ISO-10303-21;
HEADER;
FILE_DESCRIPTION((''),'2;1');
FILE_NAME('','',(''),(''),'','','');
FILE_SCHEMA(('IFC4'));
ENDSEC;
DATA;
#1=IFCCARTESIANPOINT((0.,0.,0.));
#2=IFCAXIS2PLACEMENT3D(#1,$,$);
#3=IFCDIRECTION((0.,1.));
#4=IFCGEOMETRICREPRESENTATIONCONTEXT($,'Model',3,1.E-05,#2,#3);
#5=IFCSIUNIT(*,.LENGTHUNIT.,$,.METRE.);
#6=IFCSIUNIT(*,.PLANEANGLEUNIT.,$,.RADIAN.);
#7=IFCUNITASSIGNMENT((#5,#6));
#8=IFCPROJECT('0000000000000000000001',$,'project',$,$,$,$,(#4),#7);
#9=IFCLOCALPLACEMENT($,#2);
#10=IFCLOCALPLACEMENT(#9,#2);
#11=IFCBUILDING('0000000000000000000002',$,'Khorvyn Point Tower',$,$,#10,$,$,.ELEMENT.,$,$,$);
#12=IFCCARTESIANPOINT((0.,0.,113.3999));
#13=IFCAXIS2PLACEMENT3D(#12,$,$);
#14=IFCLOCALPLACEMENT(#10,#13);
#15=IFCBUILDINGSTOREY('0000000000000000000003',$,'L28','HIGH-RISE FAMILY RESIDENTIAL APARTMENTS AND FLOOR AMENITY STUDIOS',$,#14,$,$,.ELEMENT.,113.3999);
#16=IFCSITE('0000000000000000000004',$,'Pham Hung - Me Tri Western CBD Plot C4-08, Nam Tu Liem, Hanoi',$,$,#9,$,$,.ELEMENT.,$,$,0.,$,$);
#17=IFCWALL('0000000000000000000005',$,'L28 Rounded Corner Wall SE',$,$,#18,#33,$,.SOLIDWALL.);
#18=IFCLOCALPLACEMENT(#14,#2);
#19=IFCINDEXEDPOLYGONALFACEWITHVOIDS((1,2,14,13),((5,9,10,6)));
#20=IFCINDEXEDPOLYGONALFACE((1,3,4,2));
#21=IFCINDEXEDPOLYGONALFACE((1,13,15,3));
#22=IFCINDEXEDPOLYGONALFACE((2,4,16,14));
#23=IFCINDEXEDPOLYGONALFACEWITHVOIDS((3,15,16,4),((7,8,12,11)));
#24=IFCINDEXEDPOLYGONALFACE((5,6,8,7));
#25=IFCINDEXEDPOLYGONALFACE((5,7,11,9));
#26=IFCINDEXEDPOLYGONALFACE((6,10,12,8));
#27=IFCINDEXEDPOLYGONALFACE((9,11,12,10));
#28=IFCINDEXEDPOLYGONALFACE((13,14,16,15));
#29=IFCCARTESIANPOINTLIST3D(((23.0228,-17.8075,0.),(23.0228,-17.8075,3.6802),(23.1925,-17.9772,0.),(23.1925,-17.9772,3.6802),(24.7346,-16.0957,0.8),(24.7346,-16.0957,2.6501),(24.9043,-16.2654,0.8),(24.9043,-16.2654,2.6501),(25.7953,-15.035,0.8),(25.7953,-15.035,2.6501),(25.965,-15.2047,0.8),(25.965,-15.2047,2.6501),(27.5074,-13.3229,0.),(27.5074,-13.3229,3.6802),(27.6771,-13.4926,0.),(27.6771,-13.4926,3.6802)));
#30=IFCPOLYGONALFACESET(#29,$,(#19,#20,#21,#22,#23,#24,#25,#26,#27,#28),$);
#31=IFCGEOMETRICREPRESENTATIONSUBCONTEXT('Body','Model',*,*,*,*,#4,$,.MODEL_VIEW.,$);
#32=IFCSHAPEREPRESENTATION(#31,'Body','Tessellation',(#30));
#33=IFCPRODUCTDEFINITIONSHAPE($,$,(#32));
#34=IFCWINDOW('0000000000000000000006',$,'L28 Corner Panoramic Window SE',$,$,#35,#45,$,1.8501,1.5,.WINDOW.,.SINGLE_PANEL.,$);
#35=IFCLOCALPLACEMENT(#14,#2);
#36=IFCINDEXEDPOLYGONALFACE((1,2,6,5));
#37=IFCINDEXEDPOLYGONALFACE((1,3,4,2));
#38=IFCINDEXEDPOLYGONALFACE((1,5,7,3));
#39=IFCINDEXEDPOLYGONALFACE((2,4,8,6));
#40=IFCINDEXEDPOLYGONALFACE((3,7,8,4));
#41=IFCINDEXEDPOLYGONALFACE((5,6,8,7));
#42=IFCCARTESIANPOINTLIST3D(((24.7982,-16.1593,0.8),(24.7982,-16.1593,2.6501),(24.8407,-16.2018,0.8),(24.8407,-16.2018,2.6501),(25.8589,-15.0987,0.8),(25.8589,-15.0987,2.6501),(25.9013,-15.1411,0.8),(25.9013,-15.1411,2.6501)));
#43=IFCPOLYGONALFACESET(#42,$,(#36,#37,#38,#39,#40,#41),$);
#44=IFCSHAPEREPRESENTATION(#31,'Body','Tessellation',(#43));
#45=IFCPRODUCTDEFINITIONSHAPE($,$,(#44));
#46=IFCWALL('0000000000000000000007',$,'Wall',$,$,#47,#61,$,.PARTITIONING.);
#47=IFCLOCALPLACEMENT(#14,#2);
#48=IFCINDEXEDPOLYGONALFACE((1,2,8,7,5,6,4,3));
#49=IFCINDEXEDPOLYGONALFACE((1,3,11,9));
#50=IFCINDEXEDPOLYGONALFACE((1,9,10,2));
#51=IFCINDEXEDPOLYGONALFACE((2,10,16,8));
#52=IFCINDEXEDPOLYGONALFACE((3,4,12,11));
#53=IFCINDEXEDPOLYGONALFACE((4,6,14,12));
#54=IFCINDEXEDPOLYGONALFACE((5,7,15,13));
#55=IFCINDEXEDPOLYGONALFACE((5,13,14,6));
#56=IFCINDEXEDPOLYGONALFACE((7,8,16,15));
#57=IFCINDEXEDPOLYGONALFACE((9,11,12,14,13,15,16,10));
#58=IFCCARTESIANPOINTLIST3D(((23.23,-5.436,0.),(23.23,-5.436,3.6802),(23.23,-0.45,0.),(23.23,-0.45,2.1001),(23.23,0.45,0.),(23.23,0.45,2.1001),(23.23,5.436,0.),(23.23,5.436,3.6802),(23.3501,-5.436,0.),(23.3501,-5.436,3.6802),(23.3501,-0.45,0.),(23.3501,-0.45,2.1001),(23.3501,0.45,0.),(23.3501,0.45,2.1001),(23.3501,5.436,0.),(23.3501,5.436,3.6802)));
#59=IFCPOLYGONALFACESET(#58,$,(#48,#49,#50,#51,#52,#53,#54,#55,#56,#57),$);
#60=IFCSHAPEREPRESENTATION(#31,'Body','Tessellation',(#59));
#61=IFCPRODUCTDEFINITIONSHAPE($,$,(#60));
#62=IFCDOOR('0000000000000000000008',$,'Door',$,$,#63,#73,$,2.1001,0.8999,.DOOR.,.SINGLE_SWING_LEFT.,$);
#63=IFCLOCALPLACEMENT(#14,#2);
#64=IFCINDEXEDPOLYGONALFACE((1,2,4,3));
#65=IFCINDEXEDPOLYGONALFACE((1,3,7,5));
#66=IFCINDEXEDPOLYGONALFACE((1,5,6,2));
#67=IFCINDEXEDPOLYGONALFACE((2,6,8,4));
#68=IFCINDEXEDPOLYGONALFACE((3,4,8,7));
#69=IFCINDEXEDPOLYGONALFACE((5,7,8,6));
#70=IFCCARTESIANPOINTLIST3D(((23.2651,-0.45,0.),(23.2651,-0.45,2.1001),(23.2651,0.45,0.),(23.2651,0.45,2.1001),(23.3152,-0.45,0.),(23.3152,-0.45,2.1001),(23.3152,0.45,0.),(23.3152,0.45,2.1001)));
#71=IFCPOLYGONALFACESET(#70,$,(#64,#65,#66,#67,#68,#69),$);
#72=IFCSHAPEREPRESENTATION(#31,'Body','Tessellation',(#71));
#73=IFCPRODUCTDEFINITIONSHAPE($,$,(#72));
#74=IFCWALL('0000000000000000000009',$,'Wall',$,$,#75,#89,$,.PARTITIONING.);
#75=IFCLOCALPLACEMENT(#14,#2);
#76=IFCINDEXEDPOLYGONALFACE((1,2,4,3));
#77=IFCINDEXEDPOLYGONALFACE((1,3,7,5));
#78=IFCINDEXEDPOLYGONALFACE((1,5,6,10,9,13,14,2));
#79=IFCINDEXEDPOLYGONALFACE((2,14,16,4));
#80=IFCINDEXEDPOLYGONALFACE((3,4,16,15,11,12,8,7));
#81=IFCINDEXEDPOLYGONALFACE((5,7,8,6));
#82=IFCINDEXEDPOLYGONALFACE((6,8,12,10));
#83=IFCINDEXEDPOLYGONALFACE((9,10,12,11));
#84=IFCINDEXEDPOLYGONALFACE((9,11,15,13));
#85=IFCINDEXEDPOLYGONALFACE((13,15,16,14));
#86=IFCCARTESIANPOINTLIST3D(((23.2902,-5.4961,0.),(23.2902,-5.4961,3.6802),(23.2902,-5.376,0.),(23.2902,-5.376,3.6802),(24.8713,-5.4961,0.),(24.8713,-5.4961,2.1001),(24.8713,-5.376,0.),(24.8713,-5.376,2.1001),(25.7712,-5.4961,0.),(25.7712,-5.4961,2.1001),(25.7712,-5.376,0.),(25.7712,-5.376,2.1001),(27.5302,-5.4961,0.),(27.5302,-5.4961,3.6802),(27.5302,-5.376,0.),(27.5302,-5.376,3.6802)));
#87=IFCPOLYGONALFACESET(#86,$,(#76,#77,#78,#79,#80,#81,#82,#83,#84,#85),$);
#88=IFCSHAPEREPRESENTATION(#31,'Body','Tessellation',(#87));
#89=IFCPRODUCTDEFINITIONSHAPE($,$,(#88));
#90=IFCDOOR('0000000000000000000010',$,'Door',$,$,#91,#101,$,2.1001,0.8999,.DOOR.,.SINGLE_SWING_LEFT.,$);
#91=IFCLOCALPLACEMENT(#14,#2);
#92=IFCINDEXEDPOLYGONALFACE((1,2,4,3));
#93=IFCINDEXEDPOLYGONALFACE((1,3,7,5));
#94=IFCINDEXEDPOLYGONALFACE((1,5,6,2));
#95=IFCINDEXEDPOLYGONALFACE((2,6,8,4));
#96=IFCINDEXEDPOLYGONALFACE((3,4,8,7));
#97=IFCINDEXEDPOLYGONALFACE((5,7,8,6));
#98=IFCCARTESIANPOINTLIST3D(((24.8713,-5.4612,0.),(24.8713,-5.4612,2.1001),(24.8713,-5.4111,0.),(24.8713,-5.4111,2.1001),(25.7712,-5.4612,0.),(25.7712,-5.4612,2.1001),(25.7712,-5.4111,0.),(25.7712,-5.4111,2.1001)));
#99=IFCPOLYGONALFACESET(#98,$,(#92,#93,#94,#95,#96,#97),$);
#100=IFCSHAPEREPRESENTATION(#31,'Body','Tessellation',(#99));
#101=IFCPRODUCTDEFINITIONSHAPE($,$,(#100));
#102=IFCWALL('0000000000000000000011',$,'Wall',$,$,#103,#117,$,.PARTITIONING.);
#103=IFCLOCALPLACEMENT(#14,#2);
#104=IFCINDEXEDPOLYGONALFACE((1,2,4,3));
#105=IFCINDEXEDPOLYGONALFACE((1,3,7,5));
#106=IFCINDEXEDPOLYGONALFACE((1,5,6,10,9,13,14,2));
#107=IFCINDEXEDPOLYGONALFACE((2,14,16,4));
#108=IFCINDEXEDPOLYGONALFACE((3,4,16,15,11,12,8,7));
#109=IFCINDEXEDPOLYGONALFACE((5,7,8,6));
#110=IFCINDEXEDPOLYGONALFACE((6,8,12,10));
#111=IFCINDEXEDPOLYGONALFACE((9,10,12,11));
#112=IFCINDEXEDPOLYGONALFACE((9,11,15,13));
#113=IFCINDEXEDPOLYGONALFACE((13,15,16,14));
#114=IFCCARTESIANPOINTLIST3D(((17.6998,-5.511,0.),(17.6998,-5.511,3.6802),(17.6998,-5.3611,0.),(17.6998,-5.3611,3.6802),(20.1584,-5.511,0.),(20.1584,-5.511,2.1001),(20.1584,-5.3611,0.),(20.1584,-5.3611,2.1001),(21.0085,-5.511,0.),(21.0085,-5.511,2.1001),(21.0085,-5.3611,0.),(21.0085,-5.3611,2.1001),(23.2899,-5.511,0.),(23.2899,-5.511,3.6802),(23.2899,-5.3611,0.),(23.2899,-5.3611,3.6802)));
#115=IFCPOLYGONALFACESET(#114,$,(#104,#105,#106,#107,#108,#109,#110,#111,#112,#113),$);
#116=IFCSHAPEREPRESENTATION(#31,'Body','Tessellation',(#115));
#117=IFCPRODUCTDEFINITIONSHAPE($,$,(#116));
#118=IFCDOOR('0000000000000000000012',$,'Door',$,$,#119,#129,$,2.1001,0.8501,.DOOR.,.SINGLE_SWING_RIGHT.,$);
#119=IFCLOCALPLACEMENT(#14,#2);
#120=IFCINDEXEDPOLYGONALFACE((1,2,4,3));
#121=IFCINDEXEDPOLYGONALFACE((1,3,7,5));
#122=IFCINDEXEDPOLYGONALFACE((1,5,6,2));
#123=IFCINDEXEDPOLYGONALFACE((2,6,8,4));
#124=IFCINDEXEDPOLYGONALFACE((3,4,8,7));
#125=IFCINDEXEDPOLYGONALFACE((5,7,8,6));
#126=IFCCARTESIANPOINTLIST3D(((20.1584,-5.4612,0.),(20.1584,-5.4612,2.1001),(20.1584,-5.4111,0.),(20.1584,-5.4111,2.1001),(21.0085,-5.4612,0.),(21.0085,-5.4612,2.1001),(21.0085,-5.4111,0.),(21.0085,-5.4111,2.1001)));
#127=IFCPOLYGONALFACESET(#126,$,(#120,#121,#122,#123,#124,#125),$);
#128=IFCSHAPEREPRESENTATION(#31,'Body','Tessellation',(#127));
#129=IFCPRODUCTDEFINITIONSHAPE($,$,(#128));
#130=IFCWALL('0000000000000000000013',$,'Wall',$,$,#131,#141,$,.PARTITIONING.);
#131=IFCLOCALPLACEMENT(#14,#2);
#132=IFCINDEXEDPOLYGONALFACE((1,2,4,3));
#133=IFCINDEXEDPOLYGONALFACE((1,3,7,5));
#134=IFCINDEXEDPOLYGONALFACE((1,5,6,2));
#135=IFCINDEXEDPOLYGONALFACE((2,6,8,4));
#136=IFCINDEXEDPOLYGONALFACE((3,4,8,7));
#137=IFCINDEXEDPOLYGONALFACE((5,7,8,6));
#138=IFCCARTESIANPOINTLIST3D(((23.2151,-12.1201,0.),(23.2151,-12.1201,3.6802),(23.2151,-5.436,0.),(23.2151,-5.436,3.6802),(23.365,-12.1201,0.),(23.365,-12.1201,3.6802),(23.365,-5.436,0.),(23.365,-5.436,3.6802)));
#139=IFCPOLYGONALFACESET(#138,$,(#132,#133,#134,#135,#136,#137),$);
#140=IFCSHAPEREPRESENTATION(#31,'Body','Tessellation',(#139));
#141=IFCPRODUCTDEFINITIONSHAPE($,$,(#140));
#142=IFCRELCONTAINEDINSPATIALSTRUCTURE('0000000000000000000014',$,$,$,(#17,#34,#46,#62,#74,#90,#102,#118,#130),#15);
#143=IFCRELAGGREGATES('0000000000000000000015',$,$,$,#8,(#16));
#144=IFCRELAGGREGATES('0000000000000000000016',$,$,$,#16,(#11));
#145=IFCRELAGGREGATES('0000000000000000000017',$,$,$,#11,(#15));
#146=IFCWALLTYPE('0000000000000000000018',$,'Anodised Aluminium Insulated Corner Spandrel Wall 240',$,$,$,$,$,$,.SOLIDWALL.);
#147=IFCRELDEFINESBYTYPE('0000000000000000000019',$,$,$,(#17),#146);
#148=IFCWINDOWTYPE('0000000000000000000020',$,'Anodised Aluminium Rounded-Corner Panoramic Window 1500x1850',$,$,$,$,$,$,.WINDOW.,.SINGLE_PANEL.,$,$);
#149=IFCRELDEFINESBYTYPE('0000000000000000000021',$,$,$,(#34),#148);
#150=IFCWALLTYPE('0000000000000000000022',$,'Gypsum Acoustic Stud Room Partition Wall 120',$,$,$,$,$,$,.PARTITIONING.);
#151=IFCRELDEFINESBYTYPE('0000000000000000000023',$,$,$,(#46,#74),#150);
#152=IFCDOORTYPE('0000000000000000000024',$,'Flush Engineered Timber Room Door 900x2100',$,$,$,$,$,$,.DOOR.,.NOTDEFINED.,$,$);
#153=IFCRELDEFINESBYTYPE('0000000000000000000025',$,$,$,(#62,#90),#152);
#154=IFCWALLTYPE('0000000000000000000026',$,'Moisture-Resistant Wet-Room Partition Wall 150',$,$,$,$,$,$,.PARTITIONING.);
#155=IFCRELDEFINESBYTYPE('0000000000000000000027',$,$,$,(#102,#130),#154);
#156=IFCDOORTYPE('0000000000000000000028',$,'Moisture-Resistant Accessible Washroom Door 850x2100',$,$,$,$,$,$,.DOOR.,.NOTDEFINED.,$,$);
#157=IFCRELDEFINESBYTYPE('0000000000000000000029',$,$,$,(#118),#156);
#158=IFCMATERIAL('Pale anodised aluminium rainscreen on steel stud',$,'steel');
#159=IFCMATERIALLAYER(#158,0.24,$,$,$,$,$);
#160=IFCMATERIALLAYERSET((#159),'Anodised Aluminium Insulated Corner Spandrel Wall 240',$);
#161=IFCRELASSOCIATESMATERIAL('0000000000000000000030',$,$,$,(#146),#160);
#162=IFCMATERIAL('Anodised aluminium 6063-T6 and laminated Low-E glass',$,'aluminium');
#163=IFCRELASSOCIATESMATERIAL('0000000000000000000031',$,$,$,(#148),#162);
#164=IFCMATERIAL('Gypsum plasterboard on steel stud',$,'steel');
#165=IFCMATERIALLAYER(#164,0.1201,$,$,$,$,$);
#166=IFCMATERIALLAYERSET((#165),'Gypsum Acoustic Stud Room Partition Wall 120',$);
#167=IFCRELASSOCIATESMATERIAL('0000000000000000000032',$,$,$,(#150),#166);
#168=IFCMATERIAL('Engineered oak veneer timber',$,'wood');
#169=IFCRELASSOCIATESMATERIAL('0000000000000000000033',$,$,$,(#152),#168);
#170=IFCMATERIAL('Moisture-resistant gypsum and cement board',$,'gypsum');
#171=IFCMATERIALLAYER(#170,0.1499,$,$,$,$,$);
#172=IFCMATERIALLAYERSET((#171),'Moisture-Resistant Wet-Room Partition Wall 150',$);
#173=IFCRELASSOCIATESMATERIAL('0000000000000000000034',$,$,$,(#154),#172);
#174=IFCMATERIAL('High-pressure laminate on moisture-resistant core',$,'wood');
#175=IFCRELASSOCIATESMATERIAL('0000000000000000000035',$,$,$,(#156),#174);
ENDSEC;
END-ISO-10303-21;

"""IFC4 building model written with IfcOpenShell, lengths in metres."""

from ifc_helpers import new_model, si_unit, direction, frame, frame_2d, origin, place, context, subcontext, project, spatial, rectangle, extrude, material, layer, layer_set, type_object, element, fill, save


model = new_model("IFC4")

# Units and contexts
model_context = context("Model", 3, precision=1e-05, world=origin(), true_north=direction((0.0, 1.0)))
body_context = subcontext(model_context, "Body", "Model", "MODEL_VIEW")
ifc_project = project(units=[si_unit("LENGTHUNIT", "METRE"), si_unit("PLANEANGLEUNIT", "RADIAN")], contexts=[model_context])

# Site, building, storey
site_placement = place(None, origin())
site = spatial("IfcSite", under=ifc_project, at=site_placement, Name="Pham Hung - Me Tri Western CBD Plot C4-08, Nam Tu Liem, Hanoi", CompositionType="ELEMENT", RefElevation=0.0)
building_placement = place(site_placement, origin())
building = spatial("IfcBuilding", under=site, at=building_placement, Name="Khorvyn Point Tower", CompositionType="ELEMENT")
storey_placement = place(building_placement, frame((0.0, 0.0, 113.3999)))
storey = spatial("IfcBuildingStorey", under=building, at=storey_placement, Name="L28", Description="HIGH-RISE FAMILY RESIDENTIAL APARTMENTS AND FLOOR AMENITY STUDIOS", CompositionType="ELEMENT", Elevation=113.3999)

# Shared definitions
ifc_material_1 = material(Name="Anodised aluminium 6063-T6 and laminated Low-E glass", Category="aluminium")

# Wall, opening, window
ifc_material_2 = material(Name="Pale anodised aluminium rainscreen on steel stud", Category="steel")
ifc_layer_1 = layer(ifc_material_2, 0.24)
ifc_layer_set_1 = layer_set([ifc_layer_1], Name="Anodised Aluminium Insulated Corner Spandrel Wall 240")
wall_type_1 = type_object("IfcWallType", Name="Anodised Aluminium Insulated Corner Spandrel Wall 240", PredefinedType="SOLIDWALL", material=ifc_layer_set_1)
wall_1_placement = place(storey_placement, frame((27.5923, -13.4077, 0.0), z_axis=(0.0, 0.0, 1.0), x_axis=(-0.707107, -0.707107, 0.0)))
wall_1 = element("IfcWall", 1, at=wall_1_placement, inside=storey, type_object=wall_type_1, Name="L28 Rounded Corner Wall SE", PredefinedType="SOLIDWALL", context=body_context, shape_type="SweptSolid", body=[
    extrude(rectangle(XDim=6.3423, YDim=0.24, at=frame_2d((3.1711, 0.0))), origin(), (0.0, 0.0, 1.0), 3.6802),
])
opening_1_placement = place(wall_1_placement, frame((2.4214, 0.0, 0.8)))
opening_1 = element("IfcOpeningElement", 2, at=opening_1_placement, cuts=wall_1, PredefinedType="OPENING", context=body_context, shape_type="SweptSolid", body=[
    extrude(rectangle(XDim=1.5, YDim=1.8501, at=frame_2d((0.75, 0.925))), frame((0.0, 0.1299, 0.0), z_axis=(0.0, -1.0, 0.0), x_axis=(1.0, 0.0, 0.0)), (0.0, 0.0, 1.0), 0.26),
])
window_type = type_object("IfcWindowType", Name="Anodised Aluminium Rounded-Corner Panoramic Window 1500x1850", PartitioningType="SINGLE_PANEL", PredefinedType="WINDOW", material=ifc_material_1)
window_placement = place(opening_1_placement, origin())
window = element("IfcWindow", 3, at=window_placement, inside=storey, type_object=window_type, Name="L28 Corner Panoramic Window SE", OverallHeight=1.8501, OverallWidth=1.5, PartitioningType="SINGLE_PANEL", PredefinedType="WINDOW", context=body_context, shape_type="SweptSolid", body=[
    extrude(rectangle(XDim=1.5, YDim=1.8501, at=frame_2d((0.75, 0.925))), frame((0.0, 0.03, 0.0), z_axis=(0.0, -1.0, 0.0), x_axis=(1.0, 0.0, 0.0)), (0.0, 0.0, 1.0), 0.0601),
])
fill(opening_1, window)

# Walls, openings, doors
ifc_material_3 = material(Name="Gypsum plasterboard on steel stud", Category="steel")
ifc_layer_2 = layer(ifc_material_3, 0.1201)
ifc_layer_set_2 = layer_set([ifc_layer_2], Name="Gypsum Acoustic Stud Room Partition Wall 120")
wall_type_2 = type_object("IfcWallType", Name="Gypsum Acoustic Stud Room Partition Wall 120", PredefinedType="PARTITIONING", material=ifc_layer_set_2)
wall_2_placement = place(storey_placement, frame((23.29, -5.436, 0.0), z_axis=(0.0, 0.0, 1.0), x_axis=(0.0, 1.0, 0.0)))
wall_2 = element("IfcWall", 4, at=wall_2_placement, inside=storey, type_object=wall_type_2, Name="Wall", PredefinedType="PARTITIONING", context=body_context, shape_type="SweptSolid", body=[
    extrude(rectangle(XDim=10.8721, YDim=0.1201, at=frame_2d((5.436, 0.0))), origin(), (0.0, 0.0, 1.0), 3.6802),
])
opening_2_placement = place(wall_2_placement, frame((4.9861, 0.0, 0.0)))
opening_2 = element("IfcOpeningElement", 5, at=opening_2_placement, cuts=wall_2, PredefinedType="OPENING", context=body_context, shape_type="SweptSolid", body=[
    extrude(rectangle(XDim=0.8999, YDim=2.1001, at=frame_2d((0.45, 1.05))), frame((0.0, 0.0701, 0.0), z_axis=(0.0, -1.0, 0.0), x_axis=(1.0, 0.0, 0.0)), (0.0, 0.0, 1.0), 0.1401),
])
ifc_material_4 = material(Name="Engineered oak veneer timber", Category="wood")
door_type_1 = type_object("IfcDoorType", Name="Flush Engineered Timber Room Door 900x2100", OperationType="NOTDEFINED", PredefinedType="DOOR", material=ifc_material_4)
door_1_placement = place(opening_2_placement, origin())
door_1 = element("IfcDoor", 6, at=door_1_placement, inside=storey, type_object=door_type_1, Name="Door", OperationType="SINGLE_SWING_LEFT", OverallHeight=2.1001, OverallWidth=0.8999, PredefinedType="DOOR", context=body_context, shape_type="SweptSolid", body=[
    extrude(rectangle(XDim=0.8999, YDim=2.1001, at=frame_2d((0.45, 1.05))), frame((0.0, 0.0249, 0.0), z_axis=(0.0, -1.0, 0.0), x_axis=(1.0, 0.0, 0.0)), (0.0, 0.0, 1.0), 0.05),
])
fill(opening_2, door_1)
wall_3_placement = place(storey_placement, frame((23.29, -5.436, 0.0), z_axis=(0.0, 0.0, 1.0), x_axis=(1.0, 0.0, 0.0)))
wall_3 = element("IfcWall", 7, at=wall_3_placement, inside=storey, type_object=wall_type_2, Name="Wall", PredefinedType="PARTITIONING", context=body_context, shape_type="SweptSolid", body=[
    extrude(rectangle(XDim=4.24, YDim=0.1201, at=frame_2d((2.1201, 0.0))), origin(), (0.0, 0.0, 1.0), 3.6802),
])
opening_3_placement = place(wall_3_placement, frame((1.5813, 0.0, 0.0)))
opening_3 = element("IfcOpeningElement", 8, at=opening_3_placement, cuts=wall_3, PredefinedType="OPENING", context=body_context, shape_type="SweptSolid", body=[
    extrude(rectangle(XDim=0.8999, YDim=2.1001, at=frame_2d((0.45, 1.05))), frame((0.0, 0.0701, 0.0), z_axis=(0.0, -1.0, 0.0), x_axis=(1.0, 0.0, 0.0)), (0.0, 0.0, 1.0), 0.1401),
])
door_2_placement = place(opening_3_placement, origin())
door_2 = element("IfcDoor", 9, at=door_2_placement, inside=storey, type_object=door_type_1, Name="Door", OperationType="SINGLE_SWING_LEFT", OverallHeight=2.1001, OverallWidth=0.8999, PredefinedType="DOOR", context=body_context, shape_type="SweptSolid", body=[
    extrude(rectangle(XDim=0.8999, YDim=2.1001, at=frame_2d((0.45, 1.05))), frame((0.0, 0.0249, 0.0), z_axis=(0.0, -1.0, 0.0), x_axis=(1.0, 0.0, 0.0)), (0.0, 0.0, 1.0), 0.05),
])
fill(opening_3, door_2)
ifc_material_5 = material(Name="Moisture-resistant gypsum and cement board", Category="gypsum")
ifc_layer_3 = layer(ifc_material_5, 0.1499)
ifc_layer_set_3 = layer_set([ifc_layer_3], Name="Moisture-Resistant Wet-Room Partition Wall 150")
wall_type_3 = type_object("IfcWallType", Name="Moisture-Resistant Wet-Room Partition Wall 150", PredefinedType="PARTITIONING", material=ifc_layer_set_3)
wall_4_placement = place(storey_placement, frame((17.7, -5.436, 0.0), z_axis=(0.0, 0.0, 1.0), x_axis=(1.0, 0.0, 0.0)))
wall_4 = element("IfcWall", 10, at=wall_4_placement, inside=storey, type_object=wall_type_3, Name="Wall", PredefinedType="PARTITIONING", context=body_context, shape_type="SweptSolid", body=[
    extrude(rectangle(XDim=5.5901, YDim=0.1499, at=frame_2d((2.7949, 0.0))), origin(), (0.0, 0.0, 1.0), 3.6802),
])
opening_4_placement = place(wall_4_placement, frame((2.4585, 0.0, 0.0)))
opening_4 = element("IfcOpeningElement", 11, at=opening_4_placement, cuts=wall_4, PredefinedType="OPENING", context=body_context, shape_type="SweptSolid", body=[
    extrude(rectangle(XDim=0.8501, YDim=2.1001, at=frame_2d((0.425, 1.05))), frame((0.0, 0.085, 0.0), z_axis=(0.0, -1.0, 0.0), x_axis=(1.0, 0.0, 0.0)), (0.0, 0.0, 1.0), 0.1699),
])
ifc_material_6 = material(Name="High-pressure laminate on moisture-resistant core", Category="wood")
door_type_2 = type_object("IfcDoorType", Name="Moisture-Resistant Accessible Washroom Door 850x2100", OperationType="NOTDEFINED", PredefinedType="DOOR", material=ifc_material_6)
door_3_placement = place(opening_4_placement, origin())
door_3 = element("IfcDoor", 12, at=door_3_placement, inside=storey, type_object=door_type_2, Name="Door", OperationType="SINGLE_SWING_RIGHT", OverallHeight=2.1001, OverallWidth=0.8501, PredefinedType="DOOR", context=body_context, shape_type="SweptSolid", body=[
    extrude(rectangle(XDim=0.8501, YDim=2.1001, at=frame_2d((0.425, 1.05))), frame((0.0, 0.0249, 0.0), z_axis=(0.0, -1.0, 0.0), x_axis=(1.0, 0.0, 0.0)), (0.0, 0.0, 1.0), 0.05),
])
fill(opening_4, door_3)

# Wall
wall_5_placement = place(storey_placement, frame((23.29, -12.1201, 0.0), z_axis=(0.0, 0.0, 1.0), x_axis=(0.0, 1.0, 0.0)))
element("IfcWall", 13, at=wall_5_placement, inside=storey, type_object=wall_type_3, Name="Wall", PredefinedType="PARTITIONING", context=body_context, shape_type="SweptSolid", body=[
    extrude(rectangle(XDim=6.6841, YDim=0.1499, at=frame_2d((3.342, 0.0))), origin(), (0.0, 0.0, 1.0), 3.6802),
])

save(model, "model.ifc")
